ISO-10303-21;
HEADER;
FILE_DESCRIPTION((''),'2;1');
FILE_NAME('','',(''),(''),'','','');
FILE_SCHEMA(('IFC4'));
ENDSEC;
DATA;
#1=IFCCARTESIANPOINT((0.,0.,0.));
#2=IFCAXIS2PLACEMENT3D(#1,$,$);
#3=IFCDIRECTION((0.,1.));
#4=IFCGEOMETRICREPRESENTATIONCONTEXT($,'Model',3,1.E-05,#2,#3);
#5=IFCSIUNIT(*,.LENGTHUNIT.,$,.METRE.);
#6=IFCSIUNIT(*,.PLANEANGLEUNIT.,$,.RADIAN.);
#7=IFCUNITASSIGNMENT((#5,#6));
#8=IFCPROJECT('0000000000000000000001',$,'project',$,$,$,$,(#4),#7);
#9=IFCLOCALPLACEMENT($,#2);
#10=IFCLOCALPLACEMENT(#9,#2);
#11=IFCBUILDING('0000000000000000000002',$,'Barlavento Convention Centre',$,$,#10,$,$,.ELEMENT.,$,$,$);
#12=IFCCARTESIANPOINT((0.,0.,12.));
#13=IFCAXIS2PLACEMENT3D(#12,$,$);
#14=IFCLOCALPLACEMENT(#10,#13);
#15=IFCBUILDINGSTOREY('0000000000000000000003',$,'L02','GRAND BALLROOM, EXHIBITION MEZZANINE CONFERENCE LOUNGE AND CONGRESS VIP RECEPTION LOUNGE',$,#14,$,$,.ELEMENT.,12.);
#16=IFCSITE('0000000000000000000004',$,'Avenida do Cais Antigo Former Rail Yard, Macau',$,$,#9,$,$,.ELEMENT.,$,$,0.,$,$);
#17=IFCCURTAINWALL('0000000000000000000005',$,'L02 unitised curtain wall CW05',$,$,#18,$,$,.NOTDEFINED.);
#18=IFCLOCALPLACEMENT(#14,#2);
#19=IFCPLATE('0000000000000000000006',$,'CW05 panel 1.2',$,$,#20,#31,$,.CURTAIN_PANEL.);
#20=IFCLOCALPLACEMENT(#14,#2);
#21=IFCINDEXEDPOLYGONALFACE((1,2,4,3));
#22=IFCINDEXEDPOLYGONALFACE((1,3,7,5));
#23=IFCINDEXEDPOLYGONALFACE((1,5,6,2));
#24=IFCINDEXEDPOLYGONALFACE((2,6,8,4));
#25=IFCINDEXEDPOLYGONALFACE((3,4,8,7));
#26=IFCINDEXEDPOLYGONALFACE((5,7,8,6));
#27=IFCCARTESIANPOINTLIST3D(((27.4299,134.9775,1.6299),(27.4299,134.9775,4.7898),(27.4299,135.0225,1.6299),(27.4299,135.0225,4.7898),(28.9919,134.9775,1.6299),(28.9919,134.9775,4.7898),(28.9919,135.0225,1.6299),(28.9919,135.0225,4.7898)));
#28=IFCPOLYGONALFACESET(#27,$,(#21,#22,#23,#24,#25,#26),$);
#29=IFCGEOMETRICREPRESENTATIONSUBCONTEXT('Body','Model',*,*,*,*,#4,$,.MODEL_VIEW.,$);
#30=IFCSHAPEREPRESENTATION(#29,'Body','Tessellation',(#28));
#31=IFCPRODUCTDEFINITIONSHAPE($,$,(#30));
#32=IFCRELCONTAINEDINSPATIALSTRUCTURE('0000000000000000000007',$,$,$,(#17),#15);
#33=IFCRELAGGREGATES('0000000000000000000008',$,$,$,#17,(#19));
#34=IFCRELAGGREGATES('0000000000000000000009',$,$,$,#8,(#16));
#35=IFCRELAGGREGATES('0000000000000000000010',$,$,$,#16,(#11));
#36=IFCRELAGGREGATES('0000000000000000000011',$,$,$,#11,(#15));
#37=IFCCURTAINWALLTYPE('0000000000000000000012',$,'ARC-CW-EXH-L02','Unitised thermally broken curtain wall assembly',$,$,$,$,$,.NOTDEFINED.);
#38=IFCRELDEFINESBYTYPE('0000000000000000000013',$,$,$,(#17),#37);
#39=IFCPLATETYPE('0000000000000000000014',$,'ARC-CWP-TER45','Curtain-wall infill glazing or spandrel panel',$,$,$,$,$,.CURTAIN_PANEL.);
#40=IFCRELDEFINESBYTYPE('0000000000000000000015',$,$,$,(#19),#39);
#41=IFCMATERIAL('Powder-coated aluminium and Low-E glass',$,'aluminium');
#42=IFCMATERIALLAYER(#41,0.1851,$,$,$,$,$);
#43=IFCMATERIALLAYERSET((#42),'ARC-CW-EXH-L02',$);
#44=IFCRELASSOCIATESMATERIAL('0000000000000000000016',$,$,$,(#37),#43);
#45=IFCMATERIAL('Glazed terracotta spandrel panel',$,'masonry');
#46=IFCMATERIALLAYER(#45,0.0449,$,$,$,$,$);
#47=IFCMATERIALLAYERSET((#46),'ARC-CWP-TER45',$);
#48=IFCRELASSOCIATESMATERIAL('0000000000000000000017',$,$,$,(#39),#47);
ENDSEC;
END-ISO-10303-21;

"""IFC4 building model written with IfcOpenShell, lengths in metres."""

from ifc_helpers import new_model, si_unit, direction, frame, origin, origin_2d, place, context, subcontext, project, spatial, rectangle, extrude, material, layer, layer_set, type_object, element, aggregate, save


model = new_model("IFC4")

# Units and contexts
model_context = context("Model", 3, precision=1e-05, world=origin(), true_north=direction((0.0, 1.0)))
body_context = subcontext(model_context, "Body", "Model", "MODEL_VIEW")
ifc_project = project(units=[si_unit("LENGTHUNIT", "METRE"), si_unit("PLANEANGLEUNIT", "RADIAN")], contexts=[model_context])

# Site, building, storey
site_placement = place(None, origin())
site = spatial("IfcSite", under=ifc_project, at=site_placement, Name="Avenida do Cais Antigo Former Rail Yard, Macau", CompositionType="ELEMENT", RefElevation=0.0)
building_placement = place(site_placement, origin())
building = spatial("IfcBuilding", under=site, at=building_placement, Name="Barlavento Convention Centre", CompositionType="ELEMENT")
storey_placement = place(building_placement, frame((0.0, 0.0, 12.0)))
storey = spatial("IfcBuildingStorey", under=building, at=storey_placement, Name="L02", Description="GRAND BALLROOM, EXHIBITION MEZZANINE CONFERENCE LOUNGE AND CONGRESS VIP RECEPTION LOUNGE", CompositionType="ELEMENT", Elevation=12.0)

# Curtain wall
ifc_material_1 = material(Name="Powder-coated aluminium and Low-E glass", Category="aluminium")
ifc_layer_1 = layer(ifc_material_1, 0.1851)
ifc_layer_set_1 = layer_set([ifc_layer_1], Name="ARC-CW-EXH-L02")
curtain_wall_type = type_object("IfcCurtainWallType", Name="ARC-CW-EXH-L02", Description="Unitised thermally broken curtain wall assembly", PredefinedType="NOTDEFINED", material=ifc_layer_set_1)
curtain_wall_1_placement = place(storey_placement, origin())
curtain_wall_1 = element("IfcCurtainWall", 1, at=curtain_wall_1_placement, inside=storey, type_object=curtain_wall_type, Name="L02 unitised curtain wall CW05", PredefinedType="NOTDEFINED")

# Plate
ifc_material_2 = material(Name="Glazed terracotta spandrel panel", Category="masonry")
ifc_layer_2 = layer(ifc_material_2, 0.0449)
ifc_layer_set_2 = layer_set([ifc_layer_2], Name="ARC-CWP-TER45")
plate_type = type_object("IfcPlateType", Name="ARC-CWP-TER45", Description="Curtain-wall infill glazing or spandrel panel", PredefinedType="CURTAIN_PANEL", material=ifc_layer_set_2)
plate_1_placement = place(storey_placement, frame((28.2109, 135.0, 1.6299), z_axis=(0.0, 0.0, 1.0), x_axis=(1.0, 0.0, 0.0)))
plate_1 = element("IfcPlate", 2, at=plate_1_placement, type_object=plate_type, Name="CW05 panel 1.2", PredefinedType="CURTAIN_PANEL", context=body_context, shape_type="SweptSolid", body=[
    extrude(rectangle(XDim=1.562, YDim=0.0449, at=origin_2d()), origin(), (0.0, 0.0, 1.0), 3.1599),
])
aggregate(curtain_wall_1, [plate_1])

save(model, "model.ifc")
